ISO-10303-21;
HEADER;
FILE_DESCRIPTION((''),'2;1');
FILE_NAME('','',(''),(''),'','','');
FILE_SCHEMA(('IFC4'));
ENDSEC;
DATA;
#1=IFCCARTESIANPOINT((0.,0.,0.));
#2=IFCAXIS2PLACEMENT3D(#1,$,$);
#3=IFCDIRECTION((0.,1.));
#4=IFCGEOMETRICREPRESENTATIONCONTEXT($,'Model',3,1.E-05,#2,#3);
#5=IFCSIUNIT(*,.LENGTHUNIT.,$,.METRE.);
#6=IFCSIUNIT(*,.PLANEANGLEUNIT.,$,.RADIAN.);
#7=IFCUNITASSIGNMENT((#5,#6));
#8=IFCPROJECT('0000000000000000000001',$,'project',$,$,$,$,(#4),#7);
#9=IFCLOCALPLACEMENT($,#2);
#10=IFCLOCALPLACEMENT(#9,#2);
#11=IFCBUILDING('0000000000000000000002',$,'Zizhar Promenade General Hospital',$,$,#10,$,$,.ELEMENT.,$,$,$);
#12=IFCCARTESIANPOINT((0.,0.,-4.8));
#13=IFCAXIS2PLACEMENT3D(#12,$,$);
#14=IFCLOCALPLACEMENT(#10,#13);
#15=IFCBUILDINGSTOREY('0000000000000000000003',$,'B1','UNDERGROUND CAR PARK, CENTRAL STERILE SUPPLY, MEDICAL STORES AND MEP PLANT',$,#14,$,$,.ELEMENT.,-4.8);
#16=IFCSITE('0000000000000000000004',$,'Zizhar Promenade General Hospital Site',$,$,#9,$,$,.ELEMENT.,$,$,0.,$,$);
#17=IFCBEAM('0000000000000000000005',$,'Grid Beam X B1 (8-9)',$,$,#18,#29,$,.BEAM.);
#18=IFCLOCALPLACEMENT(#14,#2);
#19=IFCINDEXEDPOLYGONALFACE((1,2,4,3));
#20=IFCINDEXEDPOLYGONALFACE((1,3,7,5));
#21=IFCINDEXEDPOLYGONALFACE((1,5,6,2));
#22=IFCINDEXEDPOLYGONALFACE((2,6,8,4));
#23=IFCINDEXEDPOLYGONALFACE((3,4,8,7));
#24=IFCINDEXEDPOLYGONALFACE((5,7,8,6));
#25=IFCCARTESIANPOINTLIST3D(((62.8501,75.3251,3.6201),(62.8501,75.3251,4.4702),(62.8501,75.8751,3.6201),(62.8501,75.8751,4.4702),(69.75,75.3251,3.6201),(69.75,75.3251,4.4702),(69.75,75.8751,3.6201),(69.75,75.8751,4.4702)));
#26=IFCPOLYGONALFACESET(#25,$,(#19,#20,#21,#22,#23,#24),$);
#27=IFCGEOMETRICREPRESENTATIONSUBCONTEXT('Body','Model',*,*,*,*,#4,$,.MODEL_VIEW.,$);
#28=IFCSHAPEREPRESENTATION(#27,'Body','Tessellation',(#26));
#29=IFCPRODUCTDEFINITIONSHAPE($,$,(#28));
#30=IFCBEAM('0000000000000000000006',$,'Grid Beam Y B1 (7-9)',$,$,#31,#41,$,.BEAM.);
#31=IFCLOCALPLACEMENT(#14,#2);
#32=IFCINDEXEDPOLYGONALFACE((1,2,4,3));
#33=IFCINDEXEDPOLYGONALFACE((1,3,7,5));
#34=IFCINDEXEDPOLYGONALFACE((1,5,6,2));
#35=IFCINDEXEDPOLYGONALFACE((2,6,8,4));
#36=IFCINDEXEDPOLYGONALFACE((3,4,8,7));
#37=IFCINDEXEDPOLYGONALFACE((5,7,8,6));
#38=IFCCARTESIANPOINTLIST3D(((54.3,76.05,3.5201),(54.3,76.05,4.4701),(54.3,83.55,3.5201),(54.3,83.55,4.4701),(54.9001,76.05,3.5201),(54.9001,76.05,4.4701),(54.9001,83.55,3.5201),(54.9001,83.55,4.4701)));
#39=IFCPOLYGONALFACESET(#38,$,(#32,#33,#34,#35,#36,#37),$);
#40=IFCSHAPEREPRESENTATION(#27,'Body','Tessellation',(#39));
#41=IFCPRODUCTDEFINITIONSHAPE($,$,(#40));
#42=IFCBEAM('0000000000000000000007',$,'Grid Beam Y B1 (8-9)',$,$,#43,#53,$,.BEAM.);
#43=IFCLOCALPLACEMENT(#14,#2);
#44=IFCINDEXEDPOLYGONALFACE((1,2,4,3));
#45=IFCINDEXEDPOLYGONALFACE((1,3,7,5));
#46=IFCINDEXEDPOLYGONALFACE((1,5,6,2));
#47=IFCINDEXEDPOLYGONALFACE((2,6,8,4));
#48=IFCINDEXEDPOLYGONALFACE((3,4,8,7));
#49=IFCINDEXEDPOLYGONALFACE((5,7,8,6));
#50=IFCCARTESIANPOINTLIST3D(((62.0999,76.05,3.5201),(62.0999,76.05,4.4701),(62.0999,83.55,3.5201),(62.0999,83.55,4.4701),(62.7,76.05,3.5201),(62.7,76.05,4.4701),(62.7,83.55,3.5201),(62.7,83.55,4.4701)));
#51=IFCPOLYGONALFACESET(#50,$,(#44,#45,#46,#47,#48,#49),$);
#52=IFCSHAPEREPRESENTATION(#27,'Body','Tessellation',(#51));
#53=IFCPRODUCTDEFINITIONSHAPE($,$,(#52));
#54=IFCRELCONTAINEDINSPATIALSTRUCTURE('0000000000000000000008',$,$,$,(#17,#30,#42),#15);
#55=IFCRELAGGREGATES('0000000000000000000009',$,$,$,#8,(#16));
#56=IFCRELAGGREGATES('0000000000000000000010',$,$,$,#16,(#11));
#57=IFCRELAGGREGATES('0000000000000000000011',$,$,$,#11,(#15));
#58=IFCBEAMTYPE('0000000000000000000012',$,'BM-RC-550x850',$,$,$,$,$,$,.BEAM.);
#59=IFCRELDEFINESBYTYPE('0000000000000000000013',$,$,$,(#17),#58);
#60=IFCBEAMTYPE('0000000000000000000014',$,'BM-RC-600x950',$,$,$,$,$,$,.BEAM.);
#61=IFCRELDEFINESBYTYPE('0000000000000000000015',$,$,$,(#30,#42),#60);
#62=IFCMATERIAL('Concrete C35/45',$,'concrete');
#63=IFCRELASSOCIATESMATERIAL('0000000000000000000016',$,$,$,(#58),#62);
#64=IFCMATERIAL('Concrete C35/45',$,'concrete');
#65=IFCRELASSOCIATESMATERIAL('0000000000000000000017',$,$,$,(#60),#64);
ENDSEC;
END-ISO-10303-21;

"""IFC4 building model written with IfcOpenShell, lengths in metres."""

from ifc_helpers import new_model, si_unit, direction, frame, origin, origin_2d, place, context, subcontext, project, spatial, rectangle, extrude, material, material_profile, profile_set, type_object, element, save


model = new_model("IFC4")

# Units and contexts
model_context = context("Model", 3, precision=1e-05, world=origin(), true_north=direction((0.0, 1.0)))
body_context = subcontext(model_context, "Body", "Model", "MODEL_VIEW")
ifc_project = project(units=[si_unit("LENGTHUNIT", "METRE"), si_unit("PLANEANGLEUNIT", "RADIAN")], contexts=[model_context])

# Site, building, storey
site_placement = place(None, origin())
site = spatial("IfcSite", under=ifc_project, at=site_placement, Name="Zizhar Promenade General Hospital Site", CompositionType="ELEMENT", RefElevation=0.0)
building_placement = place(site_placement, origin())
building = spatial("IfcBuilding", under=site, at=building_placement, Name="Zizhar Promenade General Hospital", CompositionType="ELEMENT")
storey_placement = place(building_placement, frame((0.0, 0.0, -4.8)))
storey = spatial("IfcBuildingStorey", under=building, at=storey_placement, Name="B1", Description="UNDERGROUND CAR PARK, CENTRAL STERILE SUPPLY, MEDICAL STORES AND MEP PLANT", CompositionType="ELEMENT", Elevation=-4.8)

# Beams
ifc_material_1 = material(Name="Concrete C35/45", Category="concrete")
ifc_material_profile_1 = material_profile(ifc_material_1, rectangle(XDim=0.55, YDim=0.8501, at=origin_2d()))
ifc_profile_set_1 = profile_set([ifc_material_profile_1], Name="Concrete C35/45")
beam_type_1 = type_object("IfcBeamType", Name="BM-RC-550x850", PredefinedType="BEAM", material=ifc_profile_set_1)
for number, where, z_axis, x_axis, name in (
    (1, (62.8501, 75.6001, 4.0452), (1.0, 0.0, 0.0), (0.0, 1.0, 0.0), "Grid Beam X B1 (8-9)"),
):
    element("IfcBeam", number, at=place(storey_placement, frame(where, z_axis=z_axis, x_axis=x_axis)), inside=storey, type_object=beam_type_1, Name=name, PredefinedType="BEAM", context=body_context, shape_type="SweptSolid", body=[
        extrude(rectangle(XDim=0.55, YDim=0.8501, at=origin_2d()), origin(), (0.0, 0.0, 1.0), 6.8999),
    ])
ifc_material_2 = material(Name="Concrete C35/45", Category="concrete")
ifc_material_profile_2 = material_profile(ifc_material_2, rectangle(XDim=0.6001, YDim=0.95, at=origin_2d()))
ifc_profile_set_2 = profile_set([ifc_material_profile_2], Name="Concrete C35/45")
beam_type_2 = type_object("IfcBeamType", Name="BM-RC-600x950", PredefinedType="BEAM", material=ifc_profile_set_2)
for number, where, z_axis, x_axis, name in (
    (2, (54.6001, 76.05, 3.9951), (0.0, 1.0, 0.0), (-1.0, 0.0, 0.0), "Grid Beam Y B1 (7-9)"),
    (3, (62.3999, 76.05, 3.9951), (0.0, 1.0, 0.0), (-1.0, 0.0, 0.0), "Grid Beam Y B1 (8-9)"),
):
    element("IfcBeam", number, at=place(storey_placement, frame(where, z_axis=z_axis, x_axis=x_axis)), inside=storey, type_object=beam_type_2, Name=name, PredefinedType="BEAM", context=body_context, shape_type="SweptSolid", body=[
        extrude(rectangle(XDim=0.6001, YDim=0.95, at=origin_2d()), origin(), (0.0, 0.0, 1.0), 7.5),
    ])

save(model, "model.ifc")
